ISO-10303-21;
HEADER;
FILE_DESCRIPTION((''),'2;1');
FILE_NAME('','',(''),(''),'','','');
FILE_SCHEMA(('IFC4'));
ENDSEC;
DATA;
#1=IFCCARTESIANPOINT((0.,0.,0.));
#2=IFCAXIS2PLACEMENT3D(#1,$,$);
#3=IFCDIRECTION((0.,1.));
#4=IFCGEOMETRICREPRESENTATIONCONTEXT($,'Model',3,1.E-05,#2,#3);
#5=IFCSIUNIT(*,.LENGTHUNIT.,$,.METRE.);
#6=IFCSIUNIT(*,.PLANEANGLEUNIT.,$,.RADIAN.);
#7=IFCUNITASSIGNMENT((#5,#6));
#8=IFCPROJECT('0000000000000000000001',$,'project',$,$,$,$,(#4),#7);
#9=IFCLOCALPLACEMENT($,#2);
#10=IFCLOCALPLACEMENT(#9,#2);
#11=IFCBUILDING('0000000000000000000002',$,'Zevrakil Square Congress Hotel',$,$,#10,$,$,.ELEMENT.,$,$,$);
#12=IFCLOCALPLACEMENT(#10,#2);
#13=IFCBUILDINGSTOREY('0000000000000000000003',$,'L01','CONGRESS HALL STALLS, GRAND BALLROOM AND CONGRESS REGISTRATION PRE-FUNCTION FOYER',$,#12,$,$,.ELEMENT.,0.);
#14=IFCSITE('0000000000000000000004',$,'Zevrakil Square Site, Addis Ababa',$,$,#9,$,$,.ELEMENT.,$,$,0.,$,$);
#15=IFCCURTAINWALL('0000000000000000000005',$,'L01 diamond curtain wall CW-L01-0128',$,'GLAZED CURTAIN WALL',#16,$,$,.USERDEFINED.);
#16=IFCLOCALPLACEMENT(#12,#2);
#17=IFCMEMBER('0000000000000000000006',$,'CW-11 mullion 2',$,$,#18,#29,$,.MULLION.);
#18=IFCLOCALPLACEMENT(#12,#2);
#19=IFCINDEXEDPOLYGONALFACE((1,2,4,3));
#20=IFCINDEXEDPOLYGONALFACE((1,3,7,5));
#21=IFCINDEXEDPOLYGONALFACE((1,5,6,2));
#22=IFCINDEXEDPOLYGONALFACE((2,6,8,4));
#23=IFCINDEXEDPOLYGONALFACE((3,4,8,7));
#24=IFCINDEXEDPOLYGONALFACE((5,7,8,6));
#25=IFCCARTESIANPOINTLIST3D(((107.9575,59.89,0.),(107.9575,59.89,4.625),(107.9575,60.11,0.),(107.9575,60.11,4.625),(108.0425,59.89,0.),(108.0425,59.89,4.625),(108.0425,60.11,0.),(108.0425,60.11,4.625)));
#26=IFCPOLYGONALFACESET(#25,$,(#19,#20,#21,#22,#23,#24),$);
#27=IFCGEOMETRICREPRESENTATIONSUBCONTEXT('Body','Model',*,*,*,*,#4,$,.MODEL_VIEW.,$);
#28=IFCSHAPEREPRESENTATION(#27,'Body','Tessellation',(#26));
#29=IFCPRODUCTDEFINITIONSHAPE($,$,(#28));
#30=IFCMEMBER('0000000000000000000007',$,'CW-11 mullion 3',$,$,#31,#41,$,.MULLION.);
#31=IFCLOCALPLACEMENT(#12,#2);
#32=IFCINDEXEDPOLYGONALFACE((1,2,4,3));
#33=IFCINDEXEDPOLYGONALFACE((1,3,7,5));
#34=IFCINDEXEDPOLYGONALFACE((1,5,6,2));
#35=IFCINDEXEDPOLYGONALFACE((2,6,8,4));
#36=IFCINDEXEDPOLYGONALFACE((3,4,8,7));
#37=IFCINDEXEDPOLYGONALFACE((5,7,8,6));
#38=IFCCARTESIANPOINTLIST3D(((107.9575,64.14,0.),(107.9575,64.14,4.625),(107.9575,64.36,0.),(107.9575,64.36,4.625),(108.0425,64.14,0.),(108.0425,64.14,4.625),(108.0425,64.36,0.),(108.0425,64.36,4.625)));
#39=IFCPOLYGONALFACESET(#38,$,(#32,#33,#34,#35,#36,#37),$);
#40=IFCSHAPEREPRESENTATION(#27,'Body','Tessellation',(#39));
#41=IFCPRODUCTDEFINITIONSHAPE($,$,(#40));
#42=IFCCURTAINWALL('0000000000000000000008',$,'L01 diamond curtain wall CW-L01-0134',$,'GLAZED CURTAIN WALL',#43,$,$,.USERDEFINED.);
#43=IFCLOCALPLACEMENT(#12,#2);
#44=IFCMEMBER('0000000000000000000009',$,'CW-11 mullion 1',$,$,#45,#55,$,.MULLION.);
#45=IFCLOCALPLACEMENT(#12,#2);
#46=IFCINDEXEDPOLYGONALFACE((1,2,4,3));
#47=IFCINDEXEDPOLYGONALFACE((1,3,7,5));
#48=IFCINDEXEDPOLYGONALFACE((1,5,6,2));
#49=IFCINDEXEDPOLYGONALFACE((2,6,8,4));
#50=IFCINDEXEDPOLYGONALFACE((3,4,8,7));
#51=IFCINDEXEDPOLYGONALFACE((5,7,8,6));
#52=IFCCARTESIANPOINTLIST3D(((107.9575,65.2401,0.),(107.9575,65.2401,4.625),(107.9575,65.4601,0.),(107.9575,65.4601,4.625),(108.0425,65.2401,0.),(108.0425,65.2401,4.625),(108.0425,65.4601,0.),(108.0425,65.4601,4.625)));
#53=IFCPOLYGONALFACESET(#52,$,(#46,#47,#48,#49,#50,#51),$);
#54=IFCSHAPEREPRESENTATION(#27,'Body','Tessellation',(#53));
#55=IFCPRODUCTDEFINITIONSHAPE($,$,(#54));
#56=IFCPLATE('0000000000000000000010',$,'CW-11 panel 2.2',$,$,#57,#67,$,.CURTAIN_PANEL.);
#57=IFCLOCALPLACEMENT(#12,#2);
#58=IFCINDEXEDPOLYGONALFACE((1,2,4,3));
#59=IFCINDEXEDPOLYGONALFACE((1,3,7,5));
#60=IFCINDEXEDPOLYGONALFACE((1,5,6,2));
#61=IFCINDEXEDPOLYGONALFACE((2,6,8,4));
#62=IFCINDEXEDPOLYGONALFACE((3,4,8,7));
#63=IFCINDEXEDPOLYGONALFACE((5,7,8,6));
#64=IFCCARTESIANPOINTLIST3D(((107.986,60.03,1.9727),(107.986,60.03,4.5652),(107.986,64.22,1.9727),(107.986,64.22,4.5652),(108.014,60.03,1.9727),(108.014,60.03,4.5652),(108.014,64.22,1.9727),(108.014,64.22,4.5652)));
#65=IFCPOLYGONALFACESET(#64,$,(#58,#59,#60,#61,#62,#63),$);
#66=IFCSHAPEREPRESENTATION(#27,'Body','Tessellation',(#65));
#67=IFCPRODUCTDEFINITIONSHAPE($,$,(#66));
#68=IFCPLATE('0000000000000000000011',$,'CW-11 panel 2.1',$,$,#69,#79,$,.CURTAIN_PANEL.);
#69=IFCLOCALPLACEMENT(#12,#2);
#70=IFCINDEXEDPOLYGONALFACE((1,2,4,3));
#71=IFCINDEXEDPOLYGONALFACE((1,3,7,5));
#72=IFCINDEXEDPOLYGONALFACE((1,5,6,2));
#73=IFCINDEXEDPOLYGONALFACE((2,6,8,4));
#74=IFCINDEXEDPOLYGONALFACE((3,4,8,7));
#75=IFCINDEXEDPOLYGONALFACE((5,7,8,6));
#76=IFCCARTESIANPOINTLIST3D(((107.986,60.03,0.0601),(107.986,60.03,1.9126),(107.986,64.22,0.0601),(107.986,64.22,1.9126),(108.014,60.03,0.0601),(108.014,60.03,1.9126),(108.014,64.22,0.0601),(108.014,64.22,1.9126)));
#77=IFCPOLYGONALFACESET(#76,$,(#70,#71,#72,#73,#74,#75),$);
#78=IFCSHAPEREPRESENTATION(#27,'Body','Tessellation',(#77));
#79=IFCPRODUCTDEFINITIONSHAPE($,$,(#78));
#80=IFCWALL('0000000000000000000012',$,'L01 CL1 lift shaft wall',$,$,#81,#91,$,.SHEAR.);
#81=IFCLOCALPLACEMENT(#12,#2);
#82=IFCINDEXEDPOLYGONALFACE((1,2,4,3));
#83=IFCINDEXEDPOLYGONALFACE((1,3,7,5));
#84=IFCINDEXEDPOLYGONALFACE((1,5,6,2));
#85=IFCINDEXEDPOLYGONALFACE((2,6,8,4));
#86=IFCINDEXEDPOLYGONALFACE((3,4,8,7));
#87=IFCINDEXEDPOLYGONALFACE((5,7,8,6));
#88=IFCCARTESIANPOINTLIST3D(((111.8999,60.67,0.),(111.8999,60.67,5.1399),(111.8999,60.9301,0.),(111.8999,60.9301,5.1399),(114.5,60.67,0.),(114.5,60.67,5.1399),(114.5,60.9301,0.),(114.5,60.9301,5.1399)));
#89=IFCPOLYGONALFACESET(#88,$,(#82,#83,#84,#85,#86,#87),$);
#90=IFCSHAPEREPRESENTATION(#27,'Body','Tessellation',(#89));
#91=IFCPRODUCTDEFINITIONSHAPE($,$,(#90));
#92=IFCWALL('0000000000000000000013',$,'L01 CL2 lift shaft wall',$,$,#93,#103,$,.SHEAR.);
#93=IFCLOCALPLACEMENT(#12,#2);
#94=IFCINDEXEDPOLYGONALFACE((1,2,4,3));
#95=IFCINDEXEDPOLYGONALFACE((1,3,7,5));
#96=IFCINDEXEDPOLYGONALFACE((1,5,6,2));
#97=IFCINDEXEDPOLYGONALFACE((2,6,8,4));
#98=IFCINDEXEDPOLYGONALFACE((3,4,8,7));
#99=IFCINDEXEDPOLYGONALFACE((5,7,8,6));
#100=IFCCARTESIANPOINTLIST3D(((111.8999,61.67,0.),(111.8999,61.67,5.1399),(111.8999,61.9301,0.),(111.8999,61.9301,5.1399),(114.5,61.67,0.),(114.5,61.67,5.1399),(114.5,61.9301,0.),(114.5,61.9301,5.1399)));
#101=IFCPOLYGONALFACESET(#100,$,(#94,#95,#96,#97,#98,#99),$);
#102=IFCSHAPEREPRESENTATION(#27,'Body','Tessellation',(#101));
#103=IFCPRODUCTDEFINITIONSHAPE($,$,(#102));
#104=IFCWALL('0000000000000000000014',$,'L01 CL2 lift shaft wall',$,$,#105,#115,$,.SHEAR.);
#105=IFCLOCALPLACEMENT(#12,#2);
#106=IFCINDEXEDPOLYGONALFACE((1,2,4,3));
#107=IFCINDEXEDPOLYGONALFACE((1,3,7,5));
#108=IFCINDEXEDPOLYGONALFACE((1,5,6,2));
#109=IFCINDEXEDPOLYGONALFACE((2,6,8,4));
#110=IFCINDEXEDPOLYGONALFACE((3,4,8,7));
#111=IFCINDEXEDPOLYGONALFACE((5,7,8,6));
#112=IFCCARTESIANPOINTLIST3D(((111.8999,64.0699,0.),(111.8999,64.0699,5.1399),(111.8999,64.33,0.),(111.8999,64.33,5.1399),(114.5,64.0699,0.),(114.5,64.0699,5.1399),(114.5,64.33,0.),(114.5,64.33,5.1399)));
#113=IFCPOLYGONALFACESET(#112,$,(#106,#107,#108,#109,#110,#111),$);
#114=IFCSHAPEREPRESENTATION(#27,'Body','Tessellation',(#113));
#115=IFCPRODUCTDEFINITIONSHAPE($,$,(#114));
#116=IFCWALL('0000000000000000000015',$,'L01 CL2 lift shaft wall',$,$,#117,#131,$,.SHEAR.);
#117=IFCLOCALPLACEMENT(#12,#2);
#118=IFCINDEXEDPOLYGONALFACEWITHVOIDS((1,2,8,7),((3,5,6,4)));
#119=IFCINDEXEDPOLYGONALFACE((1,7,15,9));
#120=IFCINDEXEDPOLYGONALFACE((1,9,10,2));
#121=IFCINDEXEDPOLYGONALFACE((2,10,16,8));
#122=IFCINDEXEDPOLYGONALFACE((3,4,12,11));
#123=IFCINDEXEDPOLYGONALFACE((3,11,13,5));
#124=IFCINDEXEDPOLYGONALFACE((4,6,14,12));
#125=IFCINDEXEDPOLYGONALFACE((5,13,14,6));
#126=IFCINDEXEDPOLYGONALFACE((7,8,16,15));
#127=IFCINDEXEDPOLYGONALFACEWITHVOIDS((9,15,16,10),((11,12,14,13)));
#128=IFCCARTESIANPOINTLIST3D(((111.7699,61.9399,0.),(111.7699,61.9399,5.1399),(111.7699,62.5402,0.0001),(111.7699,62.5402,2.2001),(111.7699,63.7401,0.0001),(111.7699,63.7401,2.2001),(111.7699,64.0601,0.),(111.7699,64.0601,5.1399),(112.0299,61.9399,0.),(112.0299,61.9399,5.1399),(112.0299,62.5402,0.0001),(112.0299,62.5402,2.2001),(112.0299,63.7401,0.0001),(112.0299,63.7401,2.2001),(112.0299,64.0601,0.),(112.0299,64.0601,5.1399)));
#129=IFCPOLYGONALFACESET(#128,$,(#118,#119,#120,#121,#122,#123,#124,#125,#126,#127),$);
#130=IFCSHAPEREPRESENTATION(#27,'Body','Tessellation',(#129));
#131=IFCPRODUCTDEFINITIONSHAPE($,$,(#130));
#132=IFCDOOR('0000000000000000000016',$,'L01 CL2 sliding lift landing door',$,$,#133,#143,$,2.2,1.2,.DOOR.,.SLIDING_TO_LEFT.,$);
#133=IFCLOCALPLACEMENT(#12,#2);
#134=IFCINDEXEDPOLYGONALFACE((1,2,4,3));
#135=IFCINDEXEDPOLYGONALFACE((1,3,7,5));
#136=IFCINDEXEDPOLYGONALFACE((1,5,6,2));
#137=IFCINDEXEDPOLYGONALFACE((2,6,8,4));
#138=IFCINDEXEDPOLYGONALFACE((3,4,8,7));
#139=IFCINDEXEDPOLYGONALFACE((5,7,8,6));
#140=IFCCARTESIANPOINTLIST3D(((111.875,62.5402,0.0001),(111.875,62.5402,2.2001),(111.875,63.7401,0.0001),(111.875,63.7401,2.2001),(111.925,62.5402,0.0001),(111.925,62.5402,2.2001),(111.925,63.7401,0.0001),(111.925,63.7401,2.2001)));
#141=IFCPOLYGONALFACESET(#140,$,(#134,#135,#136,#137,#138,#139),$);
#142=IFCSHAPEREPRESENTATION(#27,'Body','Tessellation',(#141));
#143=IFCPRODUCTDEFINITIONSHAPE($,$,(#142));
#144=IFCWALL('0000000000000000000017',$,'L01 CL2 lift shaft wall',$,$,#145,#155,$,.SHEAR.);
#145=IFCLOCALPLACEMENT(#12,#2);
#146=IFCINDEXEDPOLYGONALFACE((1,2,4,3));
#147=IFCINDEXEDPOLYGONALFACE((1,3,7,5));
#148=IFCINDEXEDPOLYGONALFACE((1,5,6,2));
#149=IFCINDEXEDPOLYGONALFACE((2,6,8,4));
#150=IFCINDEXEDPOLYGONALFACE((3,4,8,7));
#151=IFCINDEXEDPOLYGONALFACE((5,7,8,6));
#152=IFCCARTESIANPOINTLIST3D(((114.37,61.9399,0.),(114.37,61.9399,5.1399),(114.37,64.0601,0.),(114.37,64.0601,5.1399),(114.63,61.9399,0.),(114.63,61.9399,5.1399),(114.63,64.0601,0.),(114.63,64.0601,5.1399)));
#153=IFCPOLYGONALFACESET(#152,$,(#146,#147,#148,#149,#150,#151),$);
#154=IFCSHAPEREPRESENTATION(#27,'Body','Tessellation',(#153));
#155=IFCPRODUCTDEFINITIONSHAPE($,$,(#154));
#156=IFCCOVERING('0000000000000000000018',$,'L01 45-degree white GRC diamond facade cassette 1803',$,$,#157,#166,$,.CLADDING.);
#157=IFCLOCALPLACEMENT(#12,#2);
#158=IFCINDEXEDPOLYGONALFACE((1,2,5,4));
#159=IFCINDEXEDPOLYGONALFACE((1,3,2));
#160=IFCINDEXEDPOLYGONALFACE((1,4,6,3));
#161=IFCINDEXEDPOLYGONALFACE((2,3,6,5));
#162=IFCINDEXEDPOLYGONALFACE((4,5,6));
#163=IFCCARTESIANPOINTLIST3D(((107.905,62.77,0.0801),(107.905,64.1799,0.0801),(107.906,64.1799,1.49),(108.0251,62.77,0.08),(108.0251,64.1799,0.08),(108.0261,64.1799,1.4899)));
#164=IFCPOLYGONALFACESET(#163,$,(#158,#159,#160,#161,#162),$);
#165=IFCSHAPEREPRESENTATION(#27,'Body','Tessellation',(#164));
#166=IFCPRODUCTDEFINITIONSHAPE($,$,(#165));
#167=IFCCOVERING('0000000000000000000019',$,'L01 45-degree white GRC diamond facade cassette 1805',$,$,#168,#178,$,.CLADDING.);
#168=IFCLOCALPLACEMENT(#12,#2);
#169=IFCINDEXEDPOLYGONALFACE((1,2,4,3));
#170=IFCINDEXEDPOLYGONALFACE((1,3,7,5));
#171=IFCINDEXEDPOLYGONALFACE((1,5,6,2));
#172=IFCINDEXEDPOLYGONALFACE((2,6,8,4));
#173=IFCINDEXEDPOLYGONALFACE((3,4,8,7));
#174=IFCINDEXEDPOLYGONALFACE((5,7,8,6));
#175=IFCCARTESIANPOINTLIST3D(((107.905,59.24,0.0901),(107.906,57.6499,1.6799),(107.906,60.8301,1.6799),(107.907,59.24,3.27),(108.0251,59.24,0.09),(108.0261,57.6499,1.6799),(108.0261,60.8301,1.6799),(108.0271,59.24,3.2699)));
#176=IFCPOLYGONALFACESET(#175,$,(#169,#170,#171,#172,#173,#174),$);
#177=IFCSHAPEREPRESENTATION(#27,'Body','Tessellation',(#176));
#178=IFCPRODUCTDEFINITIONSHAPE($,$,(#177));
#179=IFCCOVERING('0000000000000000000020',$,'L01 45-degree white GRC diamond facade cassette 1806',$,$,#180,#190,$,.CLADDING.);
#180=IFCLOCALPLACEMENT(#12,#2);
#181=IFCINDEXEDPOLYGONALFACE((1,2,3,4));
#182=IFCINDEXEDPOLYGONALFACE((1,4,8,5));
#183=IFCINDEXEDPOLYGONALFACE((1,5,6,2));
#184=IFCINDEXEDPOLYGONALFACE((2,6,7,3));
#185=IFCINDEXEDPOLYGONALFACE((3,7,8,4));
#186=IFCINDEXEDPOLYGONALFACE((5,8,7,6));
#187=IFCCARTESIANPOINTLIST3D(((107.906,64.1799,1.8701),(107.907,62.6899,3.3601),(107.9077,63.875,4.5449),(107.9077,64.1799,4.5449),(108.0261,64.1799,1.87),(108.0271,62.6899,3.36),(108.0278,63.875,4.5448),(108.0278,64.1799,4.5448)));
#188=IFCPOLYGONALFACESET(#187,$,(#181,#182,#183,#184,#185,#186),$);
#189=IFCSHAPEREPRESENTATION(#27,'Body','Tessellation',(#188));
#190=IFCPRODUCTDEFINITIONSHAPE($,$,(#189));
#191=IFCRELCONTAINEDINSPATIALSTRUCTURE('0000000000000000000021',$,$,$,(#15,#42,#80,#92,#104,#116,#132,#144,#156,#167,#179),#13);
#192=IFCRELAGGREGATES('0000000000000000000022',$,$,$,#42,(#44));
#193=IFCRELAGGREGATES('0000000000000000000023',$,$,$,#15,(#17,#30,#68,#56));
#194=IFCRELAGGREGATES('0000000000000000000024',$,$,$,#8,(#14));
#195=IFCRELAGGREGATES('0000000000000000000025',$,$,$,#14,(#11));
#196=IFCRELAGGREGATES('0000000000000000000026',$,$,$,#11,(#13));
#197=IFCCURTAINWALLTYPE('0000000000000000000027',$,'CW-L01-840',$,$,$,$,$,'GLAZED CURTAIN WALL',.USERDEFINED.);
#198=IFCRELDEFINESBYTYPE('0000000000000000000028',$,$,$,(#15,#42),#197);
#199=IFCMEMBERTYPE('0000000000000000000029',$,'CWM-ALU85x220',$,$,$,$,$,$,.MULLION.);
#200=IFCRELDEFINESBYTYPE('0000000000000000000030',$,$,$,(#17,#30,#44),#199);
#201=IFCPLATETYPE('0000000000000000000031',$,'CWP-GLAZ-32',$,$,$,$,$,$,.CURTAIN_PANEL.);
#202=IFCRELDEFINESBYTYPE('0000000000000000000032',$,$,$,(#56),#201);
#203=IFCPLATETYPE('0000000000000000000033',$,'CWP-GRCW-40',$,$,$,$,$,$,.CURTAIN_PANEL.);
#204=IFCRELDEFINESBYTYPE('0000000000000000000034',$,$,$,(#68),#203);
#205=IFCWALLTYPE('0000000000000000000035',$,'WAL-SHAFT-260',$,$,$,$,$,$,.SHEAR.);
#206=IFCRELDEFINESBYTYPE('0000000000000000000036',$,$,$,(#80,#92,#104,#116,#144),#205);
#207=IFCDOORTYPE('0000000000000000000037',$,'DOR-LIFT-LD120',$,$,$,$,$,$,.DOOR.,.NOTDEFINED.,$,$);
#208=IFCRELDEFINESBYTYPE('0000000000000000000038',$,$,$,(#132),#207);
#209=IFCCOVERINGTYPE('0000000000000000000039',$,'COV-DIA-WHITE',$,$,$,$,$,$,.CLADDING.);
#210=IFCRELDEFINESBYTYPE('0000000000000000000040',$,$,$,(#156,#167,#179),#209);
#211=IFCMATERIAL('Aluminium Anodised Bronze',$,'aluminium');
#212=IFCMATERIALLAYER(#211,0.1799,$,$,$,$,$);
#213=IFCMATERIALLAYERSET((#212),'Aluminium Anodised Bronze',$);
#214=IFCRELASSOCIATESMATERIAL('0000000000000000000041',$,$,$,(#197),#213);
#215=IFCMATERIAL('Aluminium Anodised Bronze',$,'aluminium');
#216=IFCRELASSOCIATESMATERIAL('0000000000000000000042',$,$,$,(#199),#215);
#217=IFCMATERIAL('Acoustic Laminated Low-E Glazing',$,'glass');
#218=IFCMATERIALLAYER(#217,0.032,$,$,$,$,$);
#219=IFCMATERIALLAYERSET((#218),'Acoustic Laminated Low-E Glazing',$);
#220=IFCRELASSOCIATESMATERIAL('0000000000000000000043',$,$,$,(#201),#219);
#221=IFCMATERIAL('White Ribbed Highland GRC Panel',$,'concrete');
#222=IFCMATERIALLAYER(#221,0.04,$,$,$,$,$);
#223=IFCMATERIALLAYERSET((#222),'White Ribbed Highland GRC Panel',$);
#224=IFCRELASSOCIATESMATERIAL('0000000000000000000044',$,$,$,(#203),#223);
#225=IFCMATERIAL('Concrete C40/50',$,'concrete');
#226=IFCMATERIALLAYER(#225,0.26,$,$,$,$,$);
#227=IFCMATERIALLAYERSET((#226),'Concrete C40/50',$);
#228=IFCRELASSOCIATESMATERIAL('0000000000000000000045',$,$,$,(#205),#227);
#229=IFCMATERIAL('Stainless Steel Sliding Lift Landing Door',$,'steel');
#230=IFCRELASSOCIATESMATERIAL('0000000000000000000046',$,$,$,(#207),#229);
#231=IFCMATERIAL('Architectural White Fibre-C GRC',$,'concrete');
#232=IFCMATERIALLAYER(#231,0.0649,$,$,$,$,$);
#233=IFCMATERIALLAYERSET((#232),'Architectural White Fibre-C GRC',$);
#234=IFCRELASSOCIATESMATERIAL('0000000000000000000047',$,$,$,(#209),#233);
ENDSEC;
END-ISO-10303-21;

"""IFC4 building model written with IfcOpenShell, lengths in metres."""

from ifc_helpers import new_model, si_unit, direction, frame, frame_2d, origin, origin_2d, place, context, subcontext, project, spatial, polyline, rectangle, outline, extrude, material, layer, layer_set, material_profile, profile_set, type_object, element, fill, aggregate, save


model = new_model("IFC4")

# Units and contexts
model_context = context("Model", 3, precision=1e-05, world=origin(), true_north=direction((0.0, 1.0)))
body_context = subcontext(model_context, "Body", "Model", "MODEL_VIEW")
ifc_project = project(units=[si_unit("LENGTHUNIT", "METRE"), si_unit("PLANEANGLEUNIT", "RADIAN")], contexts=[model_context])

# Site, building, storey
site_placement = place(None, origin())
site = spatial("IfcSite", under=ifc_project, at=site_placement, Name="Zevrakil Square Site, Addis Ababa", CompositionType="ELEMENT", RefElevation=0.0)
building_placement = place(site_placement, origin())
building = spatial("IfcBuilding", under=site, at=building_placement, Name="Zevrakil Square Congress Hotel", CompositionType="ELEMENT")
storey_placement = place(building_placement, origin())
storey = spatial("IfcBuildingStorey", under=building, at=storey_placement, Name="L01", Description="CONGRESS HALL STALLS, GRAND BALLROOM AND CONGRESS REGISTRATION PRE-FUNCTION FOYER", CompositionType="ELEMENT", Elevation=0.0)

# Curtain wall, members
ifc_material_1 = material(Name="Aluminium Anodised Bronze", Category="aluminium")
ifc_layer_1 = layer(ifc_material_1, 0.1799)
ifc_layer_set_1 = layer_set([ifc_layer_1], Name="Aluminium Anodised Bronze")
curtain_wall_type = type_object("IfcCurtainWallType", Name="CW-L01-840", ElementType="GLAZED CURTAIN WALL", PredefinedType="USERDEFINED", material=ifc_layer_set_1)
curtain_wall_1_placement = place(storey_placement, origin())
curtain_wall_1 = element("IfcCurtainWall", 1, at=curtain_wall_1_placement, inside=storey, type_object=curtain_wall_type, Name="L01 diamond curtain wall CW-L01-0128", ObjectType="GLAZED CURTAIN WALL", PredefinedType="USERDEFINED")
ifc_material_2 = material(Name="Aluminium Anodised Bronze", Category="aluminium")
ifc_material_profile_1 = material_profile(ifc_material_2, rectangle(XDim=0.085, YDim=0.22, at=origin_2d()), Name="ALU 85x220")
ifc_profile_set_1 = profile_set([ifc_material_profile_1], Name="Aluminium Anodised Bronze")
member_type_1 = type_object("IfcMemberType", Name="CWM-ALU85x220", PredefinedType="MULLION", material=ifc_profile_set_1)
member_1_placement = place(storey_placement, frame((108.0, 60.0, 0.0), z_axis=(0.0, 0.0, 1.0), x_axis=(-1.0, 0.0, 0.0)))
member_1 = element("IfcMember", 2, at=member_1_placement, type_object=member_type_1, Name="CW-11 mullion 2", PredefinedType="MULLION", context=body_context, shape_type="SweptSolid", body=[
    extrude(rectangle(XDim=0.085, YDim=0.22, at=origin_2d()), origin(), (0.0, 0.0, 1.0), 4.625),
])
member_2_placement = place(storey_placement, frame((108.0, 64.25, 0.0), z_axis=(0.0, 0.0, 1.0), x_axis=(-1.0, 0.0, 0.0)))
member_2 = element("IfcMember", 3, at=member_2_placement, type_object=member_type_1, Name="CW-11 mullion 3", PredefinedType="MULLION", context=body_context, shape_type="SweptSolid", body=[
    extrude(rectangle(XDim=0.085, YDim=0.22, at=origin_2d()), origin(), (0.0, 0.0, 1.0), 4.625),
])

# Curtain wall, member
curtain_wall_2_placement = place(storey_placement, origin())
curtain_wall_2 = element("IfcCurtainWall", 4, at=curtain_wall_2_placement, inside=storey, type_object=curtain_wall_type, Name="L01 diamond curtain wall CW-L01-0134", ObjectType="GLAZED CURTAIN WALL", PredefinedType="USERDEFINED")
member_3_placement = place(storey_placement, frame((108.0, 65.3501, 0.0), z_axis=(0.0, 0.0, 1.0), x_axis=(-1.0, 0.0, 0.0)))
member_3 = element("IfcMember", 5, at=member_3_placement, type_object=member_type_1, Name="CW-11 mullion 1", PredefinedType="MULLION", context=body_context, shape_type="SweptSolid", body=[
    extrude(rectangle(XDim=0.085, YDim=0.22, at=origin_2d()), origin(), (0.0, 0.0, 1.0), 4.625),
])
aggregate(curtain_wall_2, [member_3])

# Plates
ifc_material_3 = material(Name="Acoustic Laminated Low-E Glazing", Category="glass")
ifc_layer_2 = layer(ifc_material_3, 0.032)
ifc_layer_set_2 = layer_set([ifc_layer_2], Name="Acoustic Laminated Low-E Glazing")
plate_type_1 = type_object("IfcPlateType", Name="CWP-GLAZ-32", PredefinedType="CURTAIN_PANEL", material=ifc_layer_set_2)
plate_1_placement = place(storey_placement, frame((108.0, 62.125, 1.9727), z_axis=(0.0, 0.0, 1.0), x_axis=(0.0, 1.0, 0.0)))
plate_1 = element("IfcPlate", 6, at=plate_1_placement, type_object=plate_type_1, Name="CW-11 panel 2.2", PredefinedType="CURTAIN_PANEL", context=body_context, shape_type="SweptSolid", body=[
    extrude(rectangle(XDim=4.1899, YDim=0.0281, at=origin_2d()), origin(), (0.0, 0.0, 1.0), 2.5925),
])
ifc_material_4 = material(Name="White Ribbed Highland GRC Panel", Category="concrete")
ifc_layer_3 = layer(ifc_material_4, 0.04)
ifc_layer_set_3 = layer_set([ifc_layer_3], Name="White Ribbed Highland GRC Panel")
plate_type_2 = type_object("IfcPlateType", Name="CWP-GRCW-40", PredefinedType="CURTAIN_PANEL", material=ifc_layer_set_3)
plate_2_placement = place(storey_placement, frame((108.0, 62.125, 0.0601), z_axis=(0.0, 0.0, 1.0), x_axis=(0.0, 1.0, 0.0)))
plate_2 = element("IfcPlate", 7, at=plate_2_placement, type_object=plate_type_2, Name="CW-11 panel 2.1", PredefinedType="CURTAIN_PANEL", context=body_context, shape_type="SweptSolid", body=[
    extrude(rectangle(XDim=4.1899, YDim=0.0281, at=origin_2d()), origin(), (0.0, 0.0, 1.0), 1.8525),
])
aggregate(curtain_wall_1, [member_1, member_2, plate_2, plate_1])

# Walls
ifc_material_5 = material(Name="Concrete C40/50", Category="concrete")
ifc_layer_4 = layer(ifc_material_5, 0.26)
ifc_layer_set_4 = layer_set([ifc_layer_4], Name="Concrete C40/50")
wall_type = type_object("IfcWallType", Name="WAL-SHAFT-260", PredefinedType="SHEAR", material=ifc_layer_set_4)
for number, where, z_axis, x_axis, name in (
    (8, (111.8999, 60.8, 0.0), (0.0, 0.0, 1.0), (1.0, 0.0, 0.0), "L01 CL1 lift shaft wall"),
    (9, (111.8999, 61.8, 0.0), (0.0, 0.0, 1.0), (1.0, 0.0, 0.0), "L01 CL2 lift shaft wall"),
    (10, (111.8999, 64.2, 0.0), (0.0, 0.0, 1.0), (1.0, 0.0, 0.0), "L01 CL2 lift shaft wall"),
):
    element("IfcWall", number, at=place(storey_placement, frame(where, z_axis=z_axis, x_axis=x_axis)), inside=storey, type_object=wall_type, Name=name, PredefinedType="SHEAR", context=body_context, shape_type="SweptSolid", body=[
        extrude(rectangle(XDim=2.6001, YDim=0.26, at=frame_2d((1.3, 0.0))), origin(), (0.0, 0.0, 1.0), 5.1399),
    ])

# Wall, opening, door
wall_1_placement = place(storey_placement, frame((111.8999, 61.9399, 0.0), z_axis=(0.0, 0.0, 1.0), x_axis=(0.0, 1.0, 0.0)))
wall_1 = element("IfcWall", 11, at=wall_1_placement, inside=storey, type_object=wall_type, Name="L01 CL2 lift shaft wall", PredefinedType="SHEAR", context=body_context, shape_type="SweptSolid", body=[
    extrude(rectangle(XDim=2.1201, YDim=0.26, at=frame_2d((1.0601, 0.0))), origin(), (0.0, 0.0, 1.0), 5.1399),
])
opening_placement = place(wall_1_placement, frame((0.6001, 0.0, 0.0)))
opening = element("IfcOpeningElement", 12, at=opening_placement, cuts=wall_1, PredefinedType="OPENING", context=body_context, shape_type="SweptSolid", body=[
    extrude(rectangle(XDim=1.2, YDim=2.2, at=frame_2d((0.6001, 1.1001))), frame((0.0, 0.1401, 0.0), z_axis=(0.0, -1.0, 0.0), x_axis=(1.0, 0.0, 0.0)), (0.0, 0.0, 1.0), 0.28),
])
ifc_material_6 = material(Name="Stainless Steel Sliding Lift Landing Door", Category="steel")
door_type = type_object("IfcDoorType", Name="DOR-LIFT-LD120", OperationType="NOTDEFINED", PredefinedType="DOOR", material=ifc_material_6)
door_placement = place(opening_placement, origin())
door = element("IfcDoor", 13, at=door_placement, inside=storey, type_object=door_type, Name="L01 CL2 sliding lift landing door", OperationType="SLIDING_TO_LEFT", OverallHeight=2.2, OverallWidth=1.2, PredefinedType="DOOR", context=body_context, shape_type="SweptSolid", body=[
    extrude(rectangle(XDim=1.2, YDim=2.2, at=frame_2d((0.6001, 1.1001))), frame((0.0, 0.0249, 0.0), z_axis=(0.0, -1.0, 0.0), x_axis=(1.0, 0.0, 0.0)), (0.0, 0.0, 1.0), 0.05),
])
fill(opening, door)

# Wall
wall_2_placement = place(storey_placement, frame((114.5, 61.9399, 0.0), z_axis=(0.0, 0.0, 1.0), x_axis=(0.0, 1.0, 0.0)))
element("IfcWall", 14, at=wall_2_placement, inside=storey, type_object=wall_type, Name="L01 CL2 lift shaft wall", PredefinedType="SHEAR", context=body_context, shape_type="SweptSolid", body=[
    extrude(rectangle(XDim=2.1201, YDim=0.26, at=frame_2d((1.0601, 0.0))), origin(), (0.0, 0.0, 1.0), 5.1399),
])

# Coverings
ifc_material_7 = material(Name="Architectural White Fibre-C GRC", Category="concrete")
ifc_layer_5 = layer(ifc_material_7, 0.0649)
ifc_layer_set_5 = layer_set([ifc_layer_5], Name="Architectural White Fibre-C GRC")
covering_type_1 = type_object("IfcCoveringType", Name="COV-DIA-WHITE", PredefinedType="CLADDING", material=ifc_layer_set_5)
covering_1_placement = place(storey_placement, frame((107.905, 62.77, 0.0801), z_axis=(-1.0, 0.0, 0.000693), x_axis=(0.0, 1.0, 0.0)))
element("IfcCovering", 15, at=covering_1_placement, inside=storey, type_object=covering_type_1, Name="L01 45-degree white GRC diamond facade cassette 1803", PredefinedType="CLADDING", context=body_context, shape_type="SweptSolid", body=[
    extrude(outline(polyline([(0.0, 0.0), (1.4099, 0.0), (1.4099, -1.4099), (0.0, 0.0)])), origin(), (0.0, 0.0, -1.0), 0.1201),
])
covering_2_placement = place(storey_placement, frame((107.907, 59.24, 3.27), z_axis=(-1.0, 0.0, 0.000614), x_axis=(-0.000434, -0.707107, -0.707107)))
element("IfcCovering", 16, at=covering_2_placement, inside=storey, type_object=covering_type_1, Name="L01 45-degree white GRC diamond facade cassette 1805", PredefinedType="CLADDING", context=body_context, shape_type="SweptSolid", body=[
    extrude(outline(polyline([(0.0, 0.0), (2.2487, 0.0), (2.2486, -2.2486), (0.0, -2.2487), (0.0, 0.0)])), origin(), (0.0, 0.0, -1.0), 0.1201),
])
covering_3_placement = place(storey_placement, frame((107.907, 62.6899, 3.3601), z_axis=(-1.0, -0.000015, 0.000637), x_axis=(-0.000461, 0.707107, -0.707107)))
element("IfcCovering", 17, at=covering_3_placement, inside=storey, type_object=covering_type_1, Name="L01 45-degree white GRC diamond facade cassette 1806", PredefinedType="CLADDING", context=body_context, shape_type="SweptSolid", body=[
    extrude(outline(polyline([(0.0, 0.0), (2.1072, 0.0), (0.2158, -1.8914), (0.0002, -1.6758), (0.0, 0.0)])), origin(), (0.0, 0.0, -1.0), 0.1201),
])

save(model, "model.ifc")
